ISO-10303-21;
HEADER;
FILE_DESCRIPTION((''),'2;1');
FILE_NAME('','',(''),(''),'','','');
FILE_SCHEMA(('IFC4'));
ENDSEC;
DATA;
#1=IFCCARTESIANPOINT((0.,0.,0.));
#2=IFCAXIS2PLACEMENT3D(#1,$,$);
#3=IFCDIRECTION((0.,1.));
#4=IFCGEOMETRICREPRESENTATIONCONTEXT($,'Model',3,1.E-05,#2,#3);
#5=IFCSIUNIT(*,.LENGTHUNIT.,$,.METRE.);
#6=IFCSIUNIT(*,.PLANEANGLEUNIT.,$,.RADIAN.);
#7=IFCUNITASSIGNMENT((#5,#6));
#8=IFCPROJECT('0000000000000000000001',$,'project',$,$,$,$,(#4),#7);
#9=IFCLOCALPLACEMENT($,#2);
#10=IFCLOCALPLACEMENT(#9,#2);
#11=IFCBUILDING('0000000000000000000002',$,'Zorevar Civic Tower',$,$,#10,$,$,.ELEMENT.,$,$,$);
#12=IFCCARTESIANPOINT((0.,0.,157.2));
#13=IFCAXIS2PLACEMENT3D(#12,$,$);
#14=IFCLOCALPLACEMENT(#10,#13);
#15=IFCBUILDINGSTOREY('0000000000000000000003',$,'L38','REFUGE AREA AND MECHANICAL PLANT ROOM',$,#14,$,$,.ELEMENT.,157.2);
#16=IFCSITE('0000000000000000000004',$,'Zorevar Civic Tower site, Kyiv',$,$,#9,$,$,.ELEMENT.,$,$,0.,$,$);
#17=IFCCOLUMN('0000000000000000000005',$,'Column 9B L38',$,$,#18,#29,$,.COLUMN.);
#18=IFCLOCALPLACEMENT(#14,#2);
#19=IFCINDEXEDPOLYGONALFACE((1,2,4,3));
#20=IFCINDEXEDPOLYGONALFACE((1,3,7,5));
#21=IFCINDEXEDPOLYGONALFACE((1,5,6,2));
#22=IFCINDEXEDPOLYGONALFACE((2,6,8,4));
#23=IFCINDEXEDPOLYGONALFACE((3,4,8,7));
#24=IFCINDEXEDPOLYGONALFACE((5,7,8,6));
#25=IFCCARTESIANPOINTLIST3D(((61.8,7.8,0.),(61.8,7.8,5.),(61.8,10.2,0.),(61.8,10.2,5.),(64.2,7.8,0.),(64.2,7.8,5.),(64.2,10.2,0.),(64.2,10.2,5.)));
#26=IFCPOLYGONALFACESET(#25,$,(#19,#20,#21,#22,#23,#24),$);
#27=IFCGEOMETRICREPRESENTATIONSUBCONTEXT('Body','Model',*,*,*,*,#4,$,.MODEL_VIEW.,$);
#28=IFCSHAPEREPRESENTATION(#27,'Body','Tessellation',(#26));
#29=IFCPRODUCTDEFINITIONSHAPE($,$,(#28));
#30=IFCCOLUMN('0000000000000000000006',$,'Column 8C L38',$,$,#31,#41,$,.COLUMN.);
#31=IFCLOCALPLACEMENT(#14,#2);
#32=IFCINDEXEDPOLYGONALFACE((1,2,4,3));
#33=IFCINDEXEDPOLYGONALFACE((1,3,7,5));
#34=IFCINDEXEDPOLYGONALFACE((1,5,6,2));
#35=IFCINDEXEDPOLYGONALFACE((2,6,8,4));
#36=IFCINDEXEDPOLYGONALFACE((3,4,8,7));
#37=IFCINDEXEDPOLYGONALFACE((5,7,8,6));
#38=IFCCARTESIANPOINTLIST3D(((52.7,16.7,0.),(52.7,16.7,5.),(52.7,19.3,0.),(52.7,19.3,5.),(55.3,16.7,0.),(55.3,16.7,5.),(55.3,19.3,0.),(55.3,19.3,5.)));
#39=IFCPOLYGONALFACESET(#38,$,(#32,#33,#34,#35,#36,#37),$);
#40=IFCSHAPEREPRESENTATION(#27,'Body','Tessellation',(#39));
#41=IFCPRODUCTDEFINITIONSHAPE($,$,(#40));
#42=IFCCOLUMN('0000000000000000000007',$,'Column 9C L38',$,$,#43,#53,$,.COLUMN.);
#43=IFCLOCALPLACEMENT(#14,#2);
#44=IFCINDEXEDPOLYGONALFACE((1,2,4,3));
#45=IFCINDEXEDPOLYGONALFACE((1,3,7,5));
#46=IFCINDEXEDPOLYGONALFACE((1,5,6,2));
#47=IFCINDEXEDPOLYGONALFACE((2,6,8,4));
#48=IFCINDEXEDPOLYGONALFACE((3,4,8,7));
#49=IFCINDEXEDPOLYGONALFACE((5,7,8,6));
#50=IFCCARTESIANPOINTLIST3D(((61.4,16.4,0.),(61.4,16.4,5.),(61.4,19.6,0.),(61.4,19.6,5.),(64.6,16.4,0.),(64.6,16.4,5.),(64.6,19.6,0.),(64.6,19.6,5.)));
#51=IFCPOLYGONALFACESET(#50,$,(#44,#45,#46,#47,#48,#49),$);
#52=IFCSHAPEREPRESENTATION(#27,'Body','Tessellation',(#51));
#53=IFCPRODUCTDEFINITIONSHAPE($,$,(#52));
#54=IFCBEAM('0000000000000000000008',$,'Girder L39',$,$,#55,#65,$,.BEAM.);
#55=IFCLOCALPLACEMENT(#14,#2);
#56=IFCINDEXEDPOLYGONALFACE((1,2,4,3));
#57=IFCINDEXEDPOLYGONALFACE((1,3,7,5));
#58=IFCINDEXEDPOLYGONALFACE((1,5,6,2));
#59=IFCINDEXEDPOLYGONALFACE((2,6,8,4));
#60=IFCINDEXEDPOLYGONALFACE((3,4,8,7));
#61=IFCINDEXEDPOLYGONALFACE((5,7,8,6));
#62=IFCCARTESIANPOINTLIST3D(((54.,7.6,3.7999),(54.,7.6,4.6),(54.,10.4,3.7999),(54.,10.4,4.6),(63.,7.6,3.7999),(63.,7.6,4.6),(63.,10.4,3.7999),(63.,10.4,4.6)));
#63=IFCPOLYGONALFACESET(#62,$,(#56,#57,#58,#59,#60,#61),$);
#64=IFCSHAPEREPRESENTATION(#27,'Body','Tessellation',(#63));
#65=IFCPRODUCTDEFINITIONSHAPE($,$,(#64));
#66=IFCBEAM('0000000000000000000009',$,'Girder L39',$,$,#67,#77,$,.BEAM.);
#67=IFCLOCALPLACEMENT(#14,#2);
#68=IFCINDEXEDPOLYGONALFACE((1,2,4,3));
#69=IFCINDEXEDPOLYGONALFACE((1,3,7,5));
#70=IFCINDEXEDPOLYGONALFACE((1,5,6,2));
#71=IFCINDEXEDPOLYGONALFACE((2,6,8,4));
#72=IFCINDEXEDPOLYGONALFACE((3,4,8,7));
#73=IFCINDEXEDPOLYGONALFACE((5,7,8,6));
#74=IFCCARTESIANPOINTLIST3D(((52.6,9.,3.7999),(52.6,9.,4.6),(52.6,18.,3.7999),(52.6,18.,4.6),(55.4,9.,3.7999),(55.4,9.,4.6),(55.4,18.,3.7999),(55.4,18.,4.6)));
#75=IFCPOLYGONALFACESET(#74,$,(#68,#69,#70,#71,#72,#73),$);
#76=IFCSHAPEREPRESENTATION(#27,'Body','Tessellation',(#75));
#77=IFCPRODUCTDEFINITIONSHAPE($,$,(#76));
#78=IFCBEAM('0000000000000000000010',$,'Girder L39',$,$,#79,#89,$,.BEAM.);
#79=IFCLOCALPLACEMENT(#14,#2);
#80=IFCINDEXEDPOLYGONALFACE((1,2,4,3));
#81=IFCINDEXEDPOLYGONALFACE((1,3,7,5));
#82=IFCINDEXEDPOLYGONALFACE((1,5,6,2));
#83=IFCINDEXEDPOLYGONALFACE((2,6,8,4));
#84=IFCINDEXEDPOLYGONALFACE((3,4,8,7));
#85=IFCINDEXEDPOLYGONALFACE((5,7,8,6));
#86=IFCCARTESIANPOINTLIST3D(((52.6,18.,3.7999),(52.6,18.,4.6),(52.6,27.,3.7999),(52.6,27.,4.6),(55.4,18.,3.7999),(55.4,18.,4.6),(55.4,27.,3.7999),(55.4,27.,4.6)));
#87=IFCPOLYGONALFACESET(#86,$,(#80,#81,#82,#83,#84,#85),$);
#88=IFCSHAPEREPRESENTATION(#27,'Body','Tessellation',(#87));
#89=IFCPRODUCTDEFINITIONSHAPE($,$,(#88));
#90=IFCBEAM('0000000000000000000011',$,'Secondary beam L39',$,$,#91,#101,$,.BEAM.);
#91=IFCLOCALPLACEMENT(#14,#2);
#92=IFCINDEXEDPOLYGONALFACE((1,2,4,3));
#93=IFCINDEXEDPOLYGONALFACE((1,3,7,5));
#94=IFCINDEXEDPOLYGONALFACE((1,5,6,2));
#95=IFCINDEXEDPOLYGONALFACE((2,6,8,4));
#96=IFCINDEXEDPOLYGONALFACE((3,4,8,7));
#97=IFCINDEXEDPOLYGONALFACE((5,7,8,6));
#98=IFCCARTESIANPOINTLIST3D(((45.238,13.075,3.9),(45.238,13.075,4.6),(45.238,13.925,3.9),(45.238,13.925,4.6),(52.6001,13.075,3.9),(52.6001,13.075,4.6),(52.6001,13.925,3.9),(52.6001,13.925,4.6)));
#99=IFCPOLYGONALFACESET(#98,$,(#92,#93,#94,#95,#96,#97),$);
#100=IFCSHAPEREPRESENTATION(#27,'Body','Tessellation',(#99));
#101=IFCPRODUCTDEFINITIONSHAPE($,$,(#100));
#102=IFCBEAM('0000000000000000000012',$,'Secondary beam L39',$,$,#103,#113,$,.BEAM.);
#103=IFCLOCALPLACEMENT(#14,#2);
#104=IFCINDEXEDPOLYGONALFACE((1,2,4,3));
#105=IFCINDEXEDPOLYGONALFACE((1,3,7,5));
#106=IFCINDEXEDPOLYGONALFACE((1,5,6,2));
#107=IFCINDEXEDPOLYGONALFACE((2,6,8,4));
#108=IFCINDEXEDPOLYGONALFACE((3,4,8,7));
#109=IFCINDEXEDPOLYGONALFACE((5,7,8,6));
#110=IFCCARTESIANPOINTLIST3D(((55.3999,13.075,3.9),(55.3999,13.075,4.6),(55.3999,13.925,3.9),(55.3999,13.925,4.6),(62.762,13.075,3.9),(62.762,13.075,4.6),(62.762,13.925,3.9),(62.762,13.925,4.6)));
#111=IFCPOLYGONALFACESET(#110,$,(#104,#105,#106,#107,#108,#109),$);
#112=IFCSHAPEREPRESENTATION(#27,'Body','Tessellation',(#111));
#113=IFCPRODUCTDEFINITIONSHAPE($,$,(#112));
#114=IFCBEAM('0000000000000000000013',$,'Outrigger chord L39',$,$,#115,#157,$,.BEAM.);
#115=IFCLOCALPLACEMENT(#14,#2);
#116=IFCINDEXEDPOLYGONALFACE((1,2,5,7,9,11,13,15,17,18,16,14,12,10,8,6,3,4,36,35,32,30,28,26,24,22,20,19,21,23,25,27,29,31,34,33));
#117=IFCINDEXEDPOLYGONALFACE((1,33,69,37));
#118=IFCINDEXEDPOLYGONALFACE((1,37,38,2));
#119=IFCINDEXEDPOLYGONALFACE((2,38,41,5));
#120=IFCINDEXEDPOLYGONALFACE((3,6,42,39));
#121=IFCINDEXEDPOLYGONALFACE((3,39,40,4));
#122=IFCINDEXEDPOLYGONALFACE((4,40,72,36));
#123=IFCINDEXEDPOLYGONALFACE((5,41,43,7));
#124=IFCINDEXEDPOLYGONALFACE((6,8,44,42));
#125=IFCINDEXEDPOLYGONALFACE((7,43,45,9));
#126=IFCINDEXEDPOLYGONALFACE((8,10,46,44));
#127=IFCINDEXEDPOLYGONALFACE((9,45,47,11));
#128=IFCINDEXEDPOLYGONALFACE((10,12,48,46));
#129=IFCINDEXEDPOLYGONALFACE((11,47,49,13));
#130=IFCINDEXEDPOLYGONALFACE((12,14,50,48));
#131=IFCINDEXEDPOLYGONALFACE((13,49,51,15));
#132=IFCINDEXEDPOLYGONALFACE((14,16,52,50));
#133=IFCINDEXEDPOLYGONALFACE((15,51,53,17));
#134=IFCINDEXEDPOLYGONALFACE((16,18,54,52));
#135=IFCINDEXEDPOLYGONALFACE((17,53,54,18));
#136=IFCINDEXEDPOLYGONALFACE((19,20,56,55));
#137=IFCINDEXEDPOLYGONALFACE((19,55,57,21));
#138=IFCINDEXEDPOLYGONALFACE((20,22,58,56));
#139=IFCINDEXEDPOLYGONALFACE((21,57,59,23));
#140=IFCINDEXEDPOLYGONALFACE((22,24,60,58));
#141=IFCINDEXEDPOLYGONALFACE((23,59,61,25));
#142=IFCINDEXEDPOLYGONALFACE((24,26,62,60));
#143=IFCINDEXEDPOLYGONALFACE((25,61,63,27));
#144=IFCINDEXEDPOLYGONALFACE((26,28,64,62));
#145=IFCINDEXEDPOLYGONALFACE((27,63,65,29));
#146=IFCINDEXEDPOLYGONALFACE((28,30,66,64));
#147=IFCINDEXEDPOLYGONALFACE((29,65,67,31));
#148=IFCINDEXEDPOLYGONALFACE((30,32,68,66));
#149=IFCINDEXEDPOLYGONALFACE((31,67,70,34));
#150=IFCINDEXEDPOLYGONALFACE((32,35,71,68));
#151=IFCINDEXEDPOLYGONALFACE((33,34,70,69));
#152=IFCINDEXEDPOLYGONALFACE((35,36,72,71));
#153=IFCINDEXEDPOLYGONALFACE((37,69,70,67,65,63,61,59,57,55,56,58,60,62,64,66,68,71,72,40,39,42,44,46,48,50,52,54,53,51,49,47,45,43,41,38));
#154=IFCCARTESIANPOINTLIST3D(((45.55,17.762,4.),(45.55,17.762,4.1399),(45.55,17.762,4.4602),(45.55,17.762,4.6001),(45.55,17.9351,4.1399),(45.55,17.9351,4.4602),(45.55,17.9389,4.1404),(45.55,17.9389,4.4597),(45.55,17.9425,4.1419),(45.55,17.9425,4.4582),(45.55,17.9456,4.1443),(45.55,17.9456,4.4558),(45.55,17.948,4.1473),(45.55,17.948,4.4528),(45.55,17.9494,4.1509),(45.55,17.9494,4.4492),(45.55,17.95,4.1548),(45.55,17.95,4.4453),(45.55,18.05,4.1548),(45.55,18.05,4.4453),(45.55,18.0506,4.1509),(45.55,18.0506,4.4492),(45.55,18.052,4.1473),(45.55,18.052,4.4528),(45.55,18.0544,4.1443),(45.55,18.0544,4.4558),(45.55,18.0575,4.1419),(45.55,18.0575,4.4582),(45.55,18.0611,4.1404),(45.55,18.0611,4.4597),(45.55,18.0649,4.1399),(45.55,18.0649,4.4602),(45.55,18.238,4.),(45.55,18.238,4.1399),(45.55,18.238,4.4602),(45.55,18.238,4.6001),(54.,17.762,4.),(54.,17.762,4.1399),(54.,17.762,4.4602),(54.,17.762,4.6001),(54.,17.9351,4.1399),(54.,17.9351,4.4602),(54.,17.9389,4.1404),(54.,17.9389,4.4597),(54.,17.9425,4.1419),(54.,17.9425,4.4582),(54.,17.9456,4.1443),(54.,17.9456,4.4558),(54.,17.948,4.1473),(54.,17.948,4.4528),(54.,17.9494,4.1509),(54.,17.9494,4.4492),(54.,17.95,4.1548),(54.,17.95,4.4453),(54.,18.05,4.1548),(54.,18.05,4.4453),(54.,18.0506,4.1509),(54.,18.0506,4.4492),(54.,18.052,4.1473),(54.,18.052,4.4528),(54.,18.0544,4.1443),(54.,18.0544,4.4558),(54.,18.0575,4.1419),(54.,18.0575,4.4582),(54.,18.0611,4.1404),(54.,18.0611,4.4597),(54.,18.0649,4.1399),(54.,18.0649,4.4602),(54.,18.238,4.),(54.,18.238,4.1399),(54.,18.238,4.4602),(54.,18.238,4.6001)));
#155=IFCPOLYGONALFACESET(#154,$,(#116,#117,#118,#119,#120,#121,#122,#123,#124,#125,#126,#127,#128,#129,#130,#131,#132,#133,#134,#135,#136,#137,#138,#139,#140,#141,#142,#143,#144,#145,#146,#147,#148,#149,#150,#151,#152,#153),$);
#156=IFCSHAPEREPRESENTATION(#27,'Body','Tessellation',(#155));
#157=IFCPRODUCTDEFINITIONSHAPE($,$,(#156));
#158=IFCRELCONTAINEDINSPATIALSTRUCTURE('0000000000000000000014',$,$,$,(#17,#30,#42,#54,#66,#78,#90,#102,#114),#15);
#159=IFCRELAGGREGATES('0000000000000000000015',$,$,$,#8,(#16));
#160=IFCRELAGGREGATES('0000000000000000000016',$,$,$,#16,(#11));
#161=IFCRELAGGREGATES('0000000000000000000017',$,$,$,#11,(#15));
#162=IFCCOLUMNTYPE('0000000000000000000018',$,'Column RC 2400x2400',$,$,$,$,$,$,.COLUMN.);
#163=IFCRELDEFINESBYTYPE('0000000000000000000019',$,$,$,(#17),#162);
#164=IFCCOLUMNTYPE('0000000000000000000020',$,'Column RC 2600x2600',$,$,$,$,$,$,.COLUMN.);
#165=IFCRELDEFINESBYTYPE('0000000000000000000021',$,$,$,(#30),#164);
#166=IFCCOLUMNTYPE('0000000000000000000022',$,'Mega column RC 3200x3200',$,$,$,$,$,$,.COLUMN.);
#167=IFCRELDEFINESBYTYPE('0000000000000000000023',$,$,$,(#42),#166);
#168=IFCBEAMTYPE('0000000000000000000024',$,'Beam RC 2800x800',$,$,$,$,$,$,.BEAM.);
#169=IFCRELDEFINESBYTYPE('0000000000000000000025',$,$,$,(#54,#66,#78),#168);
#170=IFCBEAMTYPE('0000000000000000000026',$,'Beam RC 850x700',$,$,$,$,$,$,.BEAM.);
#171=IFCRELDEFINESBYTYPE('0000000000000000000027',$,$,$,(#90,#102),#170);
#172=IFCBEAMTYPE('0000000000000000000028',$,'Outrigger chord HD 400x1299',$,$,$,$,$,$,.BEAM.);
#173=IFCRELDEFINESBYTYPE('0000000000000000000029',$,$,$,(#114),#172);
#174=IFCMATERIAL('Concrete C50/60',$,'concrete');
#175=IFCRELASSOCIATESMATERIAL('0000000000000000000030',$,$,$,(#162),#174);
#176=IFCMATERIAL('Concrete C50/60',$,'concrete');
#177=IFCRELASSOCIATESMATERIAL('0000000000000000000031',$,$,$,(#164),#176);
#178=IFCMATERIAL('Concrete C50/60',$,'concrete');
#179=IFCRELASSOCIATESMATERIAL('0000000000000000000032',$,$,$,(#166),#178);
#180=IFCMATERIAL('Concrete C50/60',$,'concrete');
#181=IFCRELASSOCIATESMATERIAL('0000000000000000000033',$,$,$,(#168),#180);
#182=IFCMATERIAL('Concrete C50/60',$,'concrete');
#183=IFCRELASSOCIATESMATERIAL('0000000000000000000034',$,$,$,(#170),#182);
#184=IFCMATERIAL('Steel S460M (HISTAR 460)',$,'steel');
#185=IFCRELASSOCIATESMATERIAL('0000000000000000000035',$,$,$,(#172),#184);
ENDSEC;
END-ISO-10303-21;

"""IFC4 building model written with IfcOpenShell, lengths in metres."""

from ifc_helpers import new_model, si_unit, direction, frame, origin, origin_2d, place, context, subcontext, project, spatial, rectangle, i_section, extrude, material, material_profile, profile_set, type_object, element, save


model = new_model("IFC4")

# Units and contexts
model_context = context("Model", 3, precision=1e-05, world=origin(), true_north=direction((0.0, 1.0)))
body_context = subcontext(model_context, "Body", "Model", "MODEL_VIEW")
ifc_project = project(units=[si_unit("LENGTHUNIT", "METRE"), si_unit("PLANEANGLEUNIT", "RADIAN")], contexts=[model_context])

# Site, building, storey
site_placement = place(None, origin())
site = spatial("IfcSite", under=ifc_project, at=site_placement, Name="Zorevar Civic Tower site, Kyiv", CompositionType="ELEMENT", RefElevation=0.0)
building_placement = place(site_placement, origin())
building = spatial("IfcBuilding", under=site, at=building_placement, Name="Zorevar Civic Tower", CompositionType="ELEMENT")
storey_placement = place(building_placement, frame((0.0, 0.0, 157.2)))
storey = spatial("IfcBuildingStorey", under=building, at=storey_placement, Name="L38", Description="REFUGE AREA AND MECHANICAL PLANT ROOM", CompositionType="ELEMENT", Elevation=157.2)

# Columns
ifc_material_1 = material(Name="Concrete C50/60", Category="concrete")
ifc_material_profile_1 = material_profile(ifc_material_1, rectangle(XDim=2.3999, YDim=2.3999, at=origin_2d()), Name="RC 2400x2400")
ifc_profile_set_1 = profile_set([ifc_material_profile_1], Name="Concrete C50/60")
column_type_1 = type_object("IfcColumnType", Name="Column RC 2400x2400", PredefinedType="COLUMN", material=ifc_profile_set_1)
column_1_placement = place(storey_placement, frame((63.0, 9.0, 0.0), z_axis=(0.0, 0.0, 1.0), x_axis=(1.0, 0.0, 0.0)))
element("IfcColumn", 1, at=column_1_placement, inside=storey, type_object=column_type_1, Name="Column 9B L38", PredefinedType="COLUMN", context=body_context, shape_type="SweptSolid", body=[
    extrude(rectangle(XDim=2.3999, YDim=2.3999, at=origin_2d()), origin(), (0.0, 0.0, 1.0), 5.0),
])
ifc_material_2 = material(Name="Concrete C50/60", Category="concrete")
ifc_material_profile_2 = material_profile(ifc_material_2, rectangle(XDim=2.6001, YDim=2.6001, at=origin_2d()), Name="RC 2600x2600")
ifc_profile_set_2 = profile_set([ifc_material_profile_2], Name="Concrete C50/60")
column_type_2 = type_object("IfcColumnType", Name="Column RC 2600x2600", PredefinedType="COLUMN", material=ifc_profile_set_2)
column_2_placement = place(storey_placement, frame((54.0, 18.0, 0.0), z_axis=(0.0, 0.0, 1.0), x_axis=(1.0, 0.0, 0.0)))
element("IfcColumn", 2, at=column_2_placement, inside=storey, type_object=column_type_2, Name="Column 8C L38", PredefinedType="COLUMN", context=body_context, shape_type="SweptSolid", body=[
    extrude(rectangle(XDim=2.6001, YDim=2.6001, at=origin_2d()), origin(), (0.0, 0.0, 1.0), 5.0),
])
ifc_material_3 = material(Name="Concrete C50/60", Category="concrete")
ifc_material_profile_3 = material_profile(ifc_material_3, rectangle(XDim=3.2, YDim=3.2, at=origin_2d()), Name="RC 3200x3200")
ifc_profile_set_3 = profile_set([ifc_material_profile_3], Name="Concrete C50/60")
column_type_3 = type_object("IfcColumnType", Name="Mega column RC 3200x3200", PredefinedType="COLUMN", material=ifc_profile_set_3)
column_3_placement = place(storey_placement, frame((63.0, 18.0, 0.0), z_axis=(0.0, 0.0, 1.0), x_axis=(1.0, 0.0, 0.0)))
element("IfcColumn", 3, at=column_3_placement, inside=storey, type_object=column_type_3, Name="Column 9C L38", PredefinedType="COLUMN", context=body_context, shape_type="SweptSolid", body=[
    extrude(rectangle(XDim=3.2, YDim=3.2, at=origin_2d()), origin(), (0.0, 0.0, 1.0), 5.0),
])

# Beams
ifc_material_4 = material(Name="Concrete C50/60", Category="concrete")
ifc_material_profile_4 = material_profile(ifc_material_4, rectangle(XDim=2.8, YDim=0.8, at=origin_2d()), Name="RC 2800x800")
ifc_profile_set_4 = profile_set([ifc_material_profile_4], Name="Concrete C50/60")
beam_type_1 = type_object("IfcBeamType", Name="Beam RC 2800x800", PredefinedType="BEAM", material=ifc_profile_set_4)
for number, where, z_axis, x_axis, name in (
    (4, (54.0, 9.0, 4.2), (1.0, 0.0, 0.0), (0.0, 1.0, 0.0), "Girder L39"),
    (5, (54.0, 9.0, 4.2), (0.0, 1.0, 0.0), (-1.0, 0.0, 0.0), "Girder L39"),
    (6, (54.0, 18.0, 4.2), (0.0, 1.0, 0.0), (-1.0, 0.0, 0.0), "Girder L39"),
):
    element("IfcBeam", number, at=place(storey_placement, frame(where, z_axis=z_axis, x_axis=x_axis)), inside=storey, type_object=beam_type_1, Name=name, PredefinedType="BEAM", context=body_context, shape_type="SweptSolid", body=[
        extrude(rectangle(XDim=2.8, YDim=0.8, at=origin_2d()), origin(), (0.0, 0.0, 1.0), 9.0),
    ])
ifc_material_5 = material(Name="Concrete C50/60", Category="concrete")
ifc_material_profile_5 = material_profile(ifc_material_5, rectangle(XDim=0.8501, YDim=0.7, at=origin_2d()), Name="RC 850x700")
ifc_profile_set_5 = profile_set([ifc_material_profile_5], Name="Concrete C50/60")
beam_type_2 = type_object("IfcBeamType", Name="Beam RC 850x700", PredefinedType="BEAM", material=ifc_profile_set_5)
for number, where, z_axis, x_axis, name in (
    (7, (45.238, 13.5, 4.25), (1.0, 0.0, 0.0), (0.0, 1.0, 0.0), "Secondary beam L39"),
    (8, (55.3999, 13.5, 4.25), (1.0, 0.0, 0.0), (0.0, 1.0, 0.0), "Secondary beam L39"),
):
    element("IfcBeam", number, at=place(storey_placement, frame(where, z_axis=z_axis, x_axis=x_axis)), inside=storey, type_object=beam_type_2, Name=name, PredefinedType="BEAM", context=body_context, shape_type="SweptSolid", body=[
        extrude(rectangle(XDim=0.8501, YDim=0.7, at=origin_2d()), origin(), (0.0, 0.0, 1.0), 7.3621),
    ])
ifc_material_6 = material(Name="Steel S460M (HISTAR 460)", Category="steel")
ifc_material_profile_6 = material_profile(ifc_material_6, i_section(OverallWidth=0.4761, OverallDepth=0.6001, WebThickness=0.1001, FlangeThickness=0.1399, FilletRadius=0.0149, at=origin_2d()), Name="HD 400x1299")
ifc_profile_set_6 = profile_set([ifc_material_profile_6], Name="Steel S460M (HISTAR 460)")
beam_type_3 = type_object("IfcBeamType", Name="Outrigger chord HD 400x1299", PredefinedType="BEAM", material=ifc_profile_set_6)
beam_1_placement = place(storey_placement, frame((45.55, 18.0, 4.3), z_axis=(1.0, 0.0, 0.0), x_axis=(0.0, 1.0, 0.0)))
element("IfcBeam", 9, at=beam_1_placement, inside=storey, type_object=beam_type_3, Name="Outrigger chord L39", PredefinedType="BEAM", context=body_context, shape_type="SweptSolid", body=[
    extrude(i_section(OverallWidth=0.4761, OverallDepth=0.6001, WebThickness=0.1001, FlangeThickness=0.1399, FilletRadius=0.0149, at=origin_2d()), origin(), (0.0, 0.0, 1.0), 8.45),
])

save(model, "model.ifc")
